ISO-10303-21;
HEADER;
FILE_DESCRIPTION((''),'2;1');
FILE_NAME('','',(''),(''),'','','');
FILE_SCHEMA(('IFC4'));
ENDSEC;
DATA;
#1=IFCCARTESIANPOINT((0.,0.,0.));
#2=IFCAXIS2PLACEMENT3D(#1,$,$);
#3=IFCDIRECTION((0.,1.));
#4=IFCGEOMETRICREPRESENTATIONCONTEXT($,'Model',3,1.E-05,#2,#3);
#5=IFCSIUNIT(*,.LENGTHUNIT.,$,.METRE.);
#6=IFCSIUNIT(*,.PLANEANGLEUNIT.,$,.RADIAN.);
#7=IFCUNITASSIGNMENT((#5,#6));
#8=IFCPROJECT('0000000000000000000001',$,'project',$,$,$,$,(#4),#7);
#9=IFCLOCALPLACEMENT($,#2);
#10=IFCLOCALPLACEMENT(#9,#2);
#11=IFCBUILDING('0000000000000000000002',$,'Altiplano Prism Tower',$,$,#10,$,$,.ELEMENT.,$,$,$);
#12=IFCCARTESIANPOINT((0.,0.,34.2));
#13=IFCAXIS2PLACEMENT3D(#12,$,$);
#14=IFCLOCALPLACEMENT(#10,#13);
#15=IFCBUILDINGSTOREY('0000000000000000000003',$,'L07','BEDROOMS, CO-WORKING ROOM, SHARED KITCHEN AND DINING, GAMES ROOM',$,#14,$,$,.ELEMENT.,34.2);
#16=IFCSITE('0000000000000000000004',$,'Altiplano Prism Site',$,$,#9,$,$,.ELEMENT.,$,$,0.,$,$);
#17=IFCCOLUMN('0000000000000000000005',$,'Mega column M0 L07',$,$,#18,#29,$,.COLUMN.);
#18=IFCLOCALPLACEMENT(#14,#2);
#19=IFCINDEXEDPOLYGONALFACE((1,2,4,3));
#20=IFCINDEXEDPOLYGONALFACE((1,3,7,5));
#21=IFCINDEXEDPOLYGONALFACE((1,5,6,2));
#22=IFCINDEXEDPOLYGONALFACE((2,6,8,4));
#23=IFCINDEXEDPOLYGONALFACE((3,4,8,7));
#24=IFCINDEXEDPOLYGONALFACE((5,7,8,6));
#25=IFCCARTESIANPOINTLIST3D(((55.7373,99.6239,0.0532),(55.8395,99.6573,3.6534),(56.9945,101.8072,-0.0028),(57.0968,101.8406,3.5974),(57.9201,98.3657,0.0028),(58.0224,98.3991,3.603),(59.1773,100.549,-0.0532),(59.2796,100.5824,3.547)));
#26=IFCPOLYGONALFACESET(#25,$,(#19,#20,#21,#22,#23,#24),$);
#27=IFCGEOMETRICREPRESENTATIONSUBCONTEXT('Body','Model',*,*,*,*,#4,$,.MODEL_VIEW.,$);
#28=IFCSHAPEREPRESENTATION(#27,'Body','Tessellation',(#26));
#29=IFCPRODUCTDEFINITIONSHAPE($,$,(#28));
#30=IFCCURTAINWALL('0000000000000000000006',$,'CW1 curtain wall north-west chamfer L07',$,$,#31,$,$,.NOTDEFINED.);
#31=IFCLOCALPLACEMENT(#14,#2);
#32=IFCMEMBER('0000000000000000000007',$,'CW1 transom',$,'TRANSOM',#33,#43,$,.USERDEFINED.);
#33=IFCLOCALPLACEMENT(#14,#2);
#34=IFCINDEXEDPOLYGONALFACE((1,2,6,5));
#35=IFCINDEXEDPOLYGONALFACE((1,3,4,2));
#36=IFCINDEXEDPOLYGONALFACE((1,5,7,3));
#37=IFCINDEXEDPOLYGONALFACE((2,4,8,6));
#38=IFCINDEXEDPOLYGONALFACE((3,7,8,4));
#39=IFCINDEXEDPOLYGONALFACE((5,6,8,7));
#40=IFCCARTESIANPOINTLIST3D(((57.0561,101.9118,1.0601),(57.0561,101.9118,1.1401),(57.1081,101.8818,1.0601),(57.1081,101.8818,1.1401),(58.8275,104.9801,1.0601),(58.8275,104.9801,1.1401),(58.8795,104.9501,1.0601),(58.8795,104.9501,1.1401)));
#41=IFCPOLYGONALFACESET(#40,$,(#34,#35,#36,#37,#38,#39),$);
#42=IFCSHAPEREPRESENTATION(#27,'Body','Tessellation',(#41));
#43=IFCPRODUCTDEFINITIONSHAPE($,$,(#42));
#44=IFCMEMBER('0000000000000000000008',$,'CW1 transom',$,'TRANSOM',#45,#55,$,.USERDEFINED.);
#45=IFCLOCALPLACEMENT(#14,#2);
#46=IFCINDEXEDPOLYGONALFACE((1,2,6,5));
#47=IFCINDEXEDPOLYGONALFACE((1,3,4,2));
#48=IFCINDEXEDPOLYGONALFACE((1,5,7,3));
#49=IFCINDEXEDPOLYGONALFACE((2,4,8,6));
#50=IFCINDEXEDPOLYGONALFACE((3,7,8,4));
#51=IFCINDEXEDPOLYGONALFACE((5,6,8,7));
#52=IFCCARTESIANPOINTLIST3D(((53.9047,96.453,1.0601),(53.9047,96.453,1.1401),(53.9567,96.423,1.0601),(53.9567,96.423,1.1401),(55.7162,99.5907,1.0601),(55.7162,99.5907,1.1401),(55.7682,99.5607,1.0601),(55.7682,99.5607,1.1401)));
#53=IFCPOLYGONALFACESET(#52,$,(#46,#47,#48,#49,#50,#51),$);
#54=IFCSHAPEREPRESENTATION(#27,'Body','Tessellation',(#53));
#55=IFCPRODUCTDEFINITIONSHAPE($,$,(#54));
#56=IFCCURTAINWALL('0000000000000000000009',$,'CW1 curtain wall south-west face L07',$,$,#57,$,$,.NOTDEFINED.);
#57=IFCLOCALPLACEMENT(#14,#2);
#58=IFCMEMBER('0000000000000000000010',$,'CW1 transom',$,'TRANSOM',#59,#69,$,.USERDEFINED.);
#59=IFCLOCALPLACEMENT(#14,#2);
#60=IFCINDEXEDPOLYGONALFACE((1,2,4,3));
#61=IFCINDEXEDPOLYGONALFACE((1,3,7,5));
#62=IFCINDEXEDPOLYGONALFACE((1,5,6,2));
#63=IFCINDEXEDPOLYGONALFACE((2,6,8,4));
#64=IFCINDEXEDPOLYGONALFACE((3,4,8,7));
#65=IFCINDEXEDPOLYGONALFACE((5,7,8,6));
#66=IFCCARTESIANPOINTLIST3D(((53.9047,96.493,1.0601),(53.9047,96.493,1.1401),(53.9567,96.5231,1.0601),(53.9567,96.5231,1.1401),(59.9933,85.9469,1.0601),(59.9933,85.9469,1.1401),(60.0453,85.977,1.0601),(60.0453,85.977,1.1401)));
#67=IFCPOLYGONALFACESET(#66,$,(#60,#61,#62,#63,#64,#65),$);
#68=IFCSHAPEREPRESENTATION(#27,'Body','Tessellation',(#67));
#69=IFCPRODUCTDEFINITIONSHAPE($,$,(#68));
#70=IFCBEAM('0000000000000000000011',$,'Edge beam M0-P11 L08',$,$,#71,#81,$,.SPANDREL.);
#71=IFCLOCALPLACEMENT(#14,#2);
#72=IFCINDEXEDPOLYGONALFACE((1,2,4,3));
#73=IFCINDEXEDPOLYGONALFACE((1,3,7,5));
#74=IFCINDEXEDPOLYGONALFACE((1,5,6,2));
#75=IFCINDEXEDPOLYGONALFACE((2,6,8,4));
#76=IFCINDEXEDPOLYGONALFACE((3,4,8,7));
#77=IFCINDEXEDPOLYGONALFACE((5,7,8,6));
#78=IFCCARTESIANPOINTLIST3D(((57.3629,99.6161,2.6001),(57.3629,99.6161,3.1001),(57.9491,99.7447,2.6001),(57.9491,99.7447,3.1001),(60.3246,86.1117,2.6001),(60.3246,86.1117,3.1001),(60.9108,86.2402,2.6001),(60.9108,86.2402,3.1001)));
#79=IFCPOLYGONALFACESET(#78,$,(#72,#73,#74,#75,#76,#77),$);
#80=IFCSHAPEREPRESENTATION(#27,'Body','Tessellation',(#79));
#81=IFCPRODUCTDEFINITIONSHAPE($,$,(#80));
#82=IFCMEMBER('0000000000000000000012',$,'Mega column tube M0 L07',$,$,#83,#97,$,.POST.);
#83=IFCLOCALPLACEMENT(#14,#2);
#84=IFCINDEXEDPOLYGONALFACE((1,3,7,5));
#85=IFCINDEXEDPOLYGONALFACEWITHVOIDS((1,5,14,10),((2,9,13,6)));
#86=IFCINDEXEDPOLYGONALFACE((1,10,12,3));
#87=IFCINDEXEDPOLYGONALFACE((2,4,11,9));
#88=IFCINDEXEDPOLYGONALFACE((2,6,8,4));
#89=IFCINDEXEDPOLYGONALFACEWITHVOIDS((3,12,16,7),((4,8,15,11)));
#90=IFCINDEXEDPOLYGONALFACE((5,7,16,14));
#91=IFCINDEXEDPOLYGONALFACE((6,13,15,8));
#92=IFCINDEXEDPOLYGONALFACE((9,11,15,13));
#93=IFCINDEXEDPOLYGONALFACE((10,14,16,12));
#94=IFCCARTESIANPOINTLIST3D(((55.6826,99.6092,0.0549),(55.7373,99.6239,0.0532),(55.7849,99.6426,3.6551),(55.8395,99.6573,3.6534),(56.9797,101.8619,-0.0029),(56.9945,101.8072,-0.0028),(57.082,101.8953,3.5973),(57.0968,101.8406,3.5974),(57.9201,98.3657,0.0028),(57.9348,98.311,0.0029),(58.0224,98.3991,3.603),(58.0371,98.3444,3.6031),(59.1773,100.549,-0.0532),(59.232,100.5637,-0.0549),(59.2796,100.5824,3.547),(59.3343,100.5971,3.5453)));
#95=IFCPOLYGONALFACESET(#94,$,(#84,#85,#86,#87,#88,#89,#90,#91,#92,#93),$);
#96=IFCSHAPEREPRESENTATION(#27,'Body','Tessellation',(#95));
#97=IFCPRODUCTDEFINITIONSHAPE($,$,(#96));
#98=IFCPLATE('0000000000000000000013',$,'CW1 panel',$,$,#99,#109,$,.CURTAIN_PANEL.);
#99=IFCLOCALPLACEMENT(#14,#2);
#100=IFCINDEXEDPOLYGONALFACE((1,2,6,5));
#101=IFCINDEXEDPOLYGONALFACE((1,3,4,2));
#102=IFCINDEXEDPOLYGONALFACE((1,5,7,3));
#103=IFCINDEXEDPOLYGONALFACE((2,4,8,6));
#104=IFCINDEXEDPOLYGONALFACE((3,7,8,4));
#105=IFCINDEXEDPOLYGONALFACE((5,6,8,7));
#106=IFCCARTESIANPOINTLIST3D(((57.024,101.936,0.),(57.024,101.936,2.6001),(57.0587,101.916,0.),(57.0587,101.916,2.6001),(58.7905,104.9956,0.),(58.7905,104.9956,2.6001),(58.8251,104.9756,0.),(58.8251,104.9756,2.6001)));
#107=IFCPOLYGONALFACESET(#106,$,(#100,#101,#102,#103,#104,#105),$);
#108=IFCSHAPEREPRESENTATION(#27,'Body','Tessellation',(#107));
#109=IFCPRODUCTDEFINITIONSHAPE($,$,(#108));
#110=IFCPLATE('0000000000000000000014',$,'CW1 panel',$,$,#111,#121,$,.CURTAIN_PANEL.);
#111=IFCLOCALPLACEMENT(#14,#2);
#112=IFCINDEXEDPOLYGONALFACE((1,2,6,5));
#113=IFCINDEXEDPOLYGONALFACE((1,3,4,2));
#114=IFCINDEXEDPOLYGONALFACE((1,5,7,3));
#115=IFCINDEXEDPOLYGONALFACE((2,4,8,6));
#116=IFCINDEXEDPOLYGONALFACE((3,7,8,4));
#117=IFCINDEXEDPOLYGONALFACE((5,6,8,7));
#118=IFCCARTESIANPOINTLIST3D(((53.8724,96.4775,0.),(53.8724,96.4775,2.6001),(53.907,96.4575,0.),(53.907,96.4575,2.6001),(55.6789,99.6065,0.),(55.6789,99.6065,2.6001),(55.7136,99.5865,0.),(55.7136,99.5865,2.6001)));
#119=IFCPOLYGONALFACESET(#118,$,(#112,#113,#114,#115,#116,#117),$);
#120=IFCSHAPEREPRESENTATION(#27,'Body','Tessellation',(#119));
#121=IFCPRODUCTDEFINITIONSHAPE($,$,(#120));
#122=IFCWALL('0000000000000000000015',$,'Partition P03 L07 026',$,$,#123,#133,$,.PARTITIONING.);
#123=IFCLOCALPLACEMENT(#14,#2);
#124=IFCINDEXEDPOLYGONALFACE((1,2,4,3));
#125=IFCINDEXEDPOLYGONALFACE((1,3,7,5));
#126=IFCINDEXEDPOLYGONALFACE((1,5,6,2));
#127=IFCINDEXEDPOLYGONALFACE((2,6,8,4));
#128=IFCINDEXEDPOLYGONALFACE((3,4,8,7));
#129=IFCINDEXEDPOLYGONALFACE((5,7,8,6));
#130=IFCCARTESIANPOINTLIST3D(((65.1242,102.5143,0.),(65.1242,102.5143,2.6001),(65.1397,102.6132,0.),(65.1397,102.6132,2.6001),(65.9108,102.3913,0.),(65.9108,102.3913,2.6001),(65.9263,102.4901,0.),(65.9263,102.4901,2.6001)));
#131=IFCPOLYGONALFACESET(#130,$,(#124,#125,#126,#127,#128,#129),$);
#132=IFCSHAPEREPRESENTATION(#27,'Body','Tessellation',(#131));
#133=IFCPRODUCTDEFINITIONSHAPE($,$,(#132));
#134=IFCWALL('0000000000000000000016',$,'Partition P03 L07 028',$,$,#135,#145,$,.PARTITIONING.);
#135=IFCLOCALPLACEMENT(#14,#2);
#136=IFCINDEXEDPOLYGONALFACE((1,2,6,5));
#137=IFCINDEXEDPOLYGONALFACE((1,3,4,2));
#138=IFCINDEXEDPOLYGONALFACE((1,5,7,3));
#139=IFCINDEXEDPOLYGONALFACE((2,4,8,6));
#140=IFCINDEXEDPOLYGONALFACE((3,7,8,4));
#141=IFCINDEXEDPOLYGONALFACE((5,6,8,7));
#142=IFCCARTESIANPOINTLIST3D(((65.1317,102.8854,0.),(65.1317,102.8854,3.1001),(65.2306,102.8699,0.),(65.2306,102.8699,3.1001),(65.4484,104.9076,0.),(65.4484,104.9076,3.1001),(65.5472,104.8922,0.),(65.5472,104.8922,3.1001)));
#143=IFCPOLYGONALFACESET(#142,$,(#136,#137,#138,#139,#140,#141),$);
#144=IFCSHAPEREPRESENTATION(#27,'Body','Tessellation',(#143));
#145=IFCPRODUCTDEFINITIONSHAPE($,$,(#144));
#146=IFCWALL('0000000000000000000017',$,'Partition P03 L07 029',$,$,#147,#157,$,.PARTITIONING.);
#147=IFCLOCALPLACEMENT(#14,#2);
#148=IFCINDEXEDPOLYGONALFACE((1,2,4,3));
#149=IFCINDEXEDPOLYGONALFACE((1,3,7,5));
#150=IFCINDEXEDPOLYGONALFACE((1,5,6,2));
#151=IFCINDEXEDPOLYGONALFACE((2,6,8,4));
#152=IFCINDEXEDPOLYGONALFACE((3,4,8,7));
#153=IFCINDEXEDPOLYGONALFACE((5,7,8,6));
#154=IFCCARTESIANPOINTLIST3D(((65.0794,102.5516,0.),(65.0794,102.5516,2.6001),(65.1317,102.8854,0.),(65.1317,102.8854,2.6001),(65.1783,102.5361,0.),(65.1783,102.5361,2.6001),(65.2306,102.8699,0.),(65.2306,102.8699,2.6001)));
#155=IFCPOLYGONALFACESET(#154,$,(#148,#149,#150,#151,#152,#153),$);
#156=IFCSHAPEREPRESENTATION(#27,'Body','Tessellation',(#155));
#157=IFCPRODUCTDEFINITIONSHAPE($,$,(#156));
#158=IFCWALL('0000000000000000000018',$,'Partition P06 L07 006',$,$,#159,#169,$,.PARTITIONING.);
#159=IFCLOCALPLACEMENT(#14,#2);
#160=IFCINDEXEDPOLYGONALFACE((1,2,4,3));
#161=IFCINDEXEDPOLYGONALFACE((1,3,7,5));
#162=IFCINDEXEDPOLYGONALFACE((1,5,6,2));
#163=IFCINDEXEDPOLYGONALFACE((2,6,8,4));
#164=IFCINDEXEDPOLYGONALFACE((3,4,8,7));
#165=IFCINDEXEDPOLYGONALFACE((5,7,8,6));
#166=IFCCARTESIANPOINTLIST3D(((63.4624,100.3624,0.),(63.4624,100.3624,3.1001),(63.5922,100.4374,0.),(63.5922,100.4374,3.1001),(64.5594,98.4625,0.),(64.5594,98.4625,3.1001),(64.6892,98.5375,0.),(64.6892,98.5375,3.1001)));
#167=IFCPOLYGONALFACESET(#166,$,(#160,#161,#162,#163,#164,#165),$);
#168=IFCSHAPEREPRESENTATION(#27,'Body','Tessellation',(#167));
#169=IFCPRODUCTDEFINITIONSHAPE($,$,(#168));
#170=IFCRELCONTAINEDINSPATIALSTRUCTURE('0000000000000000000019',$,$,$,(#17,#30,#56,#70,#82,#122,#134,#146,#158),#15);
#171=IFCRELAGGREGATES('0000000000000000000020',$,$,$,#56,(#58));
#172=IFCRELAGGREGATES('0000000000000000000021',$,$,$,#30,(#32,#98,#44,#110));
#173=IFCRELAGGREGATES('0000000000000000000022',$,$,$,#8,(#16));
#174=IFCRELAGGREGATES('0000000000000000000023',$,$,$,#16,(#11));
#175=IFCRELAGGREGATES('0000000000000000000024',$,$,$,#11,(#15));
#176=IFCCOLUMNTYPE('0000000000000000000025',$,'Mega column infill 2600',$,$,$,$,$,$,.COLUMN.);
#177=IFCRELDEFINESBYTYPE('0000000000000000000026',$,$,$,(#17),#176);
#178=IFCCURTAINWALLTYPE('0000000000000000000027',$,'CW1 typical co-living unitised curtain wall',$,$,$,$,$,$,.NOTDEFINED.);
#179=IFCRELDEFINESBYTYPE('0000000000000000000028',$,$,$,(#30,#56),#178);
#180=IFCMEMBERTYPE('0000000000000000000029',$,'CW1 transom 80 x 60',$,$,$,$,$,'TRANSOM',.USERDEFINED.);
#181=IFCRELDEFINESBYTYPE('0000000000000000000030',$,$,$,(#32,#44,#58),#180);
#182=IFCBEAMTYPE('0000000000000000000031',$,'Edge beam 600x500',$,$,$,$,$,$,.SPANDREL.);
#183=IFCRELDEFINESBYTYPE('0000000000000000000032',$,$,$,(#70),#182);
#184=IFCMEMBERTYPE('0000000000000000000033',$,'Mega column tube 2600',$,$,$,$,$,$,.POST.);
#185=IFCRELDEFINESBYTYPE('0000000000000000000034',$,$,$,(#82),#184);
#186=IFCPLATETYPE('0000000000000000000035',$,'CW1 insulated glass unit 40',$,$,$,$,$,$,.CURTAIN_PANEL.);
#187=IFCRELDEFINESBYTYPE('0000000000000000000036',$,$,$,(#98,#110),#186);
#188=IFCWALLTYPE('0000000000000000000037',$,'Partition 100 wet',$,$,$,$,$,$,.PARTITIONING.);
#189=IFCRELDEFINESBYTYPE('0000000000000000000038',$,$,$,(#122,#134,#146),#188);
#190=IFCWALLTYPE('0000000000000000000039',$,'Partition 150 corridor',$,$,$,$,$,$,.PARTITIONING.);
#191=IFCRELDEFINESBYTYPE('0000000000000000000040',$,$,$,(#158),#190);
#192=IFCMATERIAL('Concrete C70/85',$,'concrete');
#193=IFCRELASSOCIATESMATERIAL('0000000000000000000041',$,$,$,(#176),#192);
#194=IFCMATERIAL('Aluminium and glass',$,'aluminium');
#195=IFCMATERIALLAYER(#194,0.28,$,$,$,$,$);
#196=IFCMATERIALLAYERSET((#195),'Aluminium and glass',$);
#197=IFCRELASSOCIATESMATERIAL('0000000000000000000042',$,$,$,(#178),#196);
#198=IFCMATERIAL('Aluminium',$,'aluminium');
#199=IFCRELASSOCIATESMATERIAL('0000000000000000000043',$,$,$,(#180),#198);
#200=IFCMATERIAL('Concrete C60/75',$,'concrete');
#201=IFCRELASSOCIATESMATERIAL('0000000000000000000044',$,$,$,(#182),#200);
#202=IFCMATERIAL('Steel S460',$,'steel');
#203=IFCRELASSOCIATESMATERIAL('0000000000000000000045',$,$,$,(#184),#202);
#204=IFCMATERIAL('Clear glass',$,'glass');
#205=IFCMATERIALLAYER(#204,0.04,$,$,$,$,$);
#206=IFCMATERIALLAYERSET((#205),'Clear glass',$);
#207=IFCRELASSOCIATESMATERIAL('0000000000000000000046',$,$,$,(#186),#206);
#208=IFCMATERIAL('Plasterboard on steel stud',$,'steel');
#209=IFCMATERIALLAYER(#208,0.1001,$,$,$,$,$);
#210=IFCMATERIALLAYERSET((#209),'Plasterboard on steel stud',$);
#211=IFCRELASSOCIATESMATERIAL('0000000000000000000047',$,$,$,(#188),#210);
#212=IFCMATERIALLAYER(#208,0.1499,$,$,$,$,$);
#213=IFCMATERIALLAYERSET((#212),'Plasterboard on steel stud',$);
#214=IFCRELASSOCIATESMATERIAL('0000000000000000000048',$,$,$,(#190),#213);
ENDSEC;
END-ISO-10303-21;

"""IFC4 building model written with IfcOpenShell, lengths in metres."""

from ifc_helpers import new_model, si_unit, direction, frame, frame_2d, origin, origin_2d, place, context, subcontext, project, spatial, rectangle, hollow_rectangle, extrude, material, layer, layer_set, material_profile, profile_set, type_object, element, aggregate, save


model = new_model("IFC4")

# Units and contexts
model_context = context("Model", 3, precision=1e-05, world=origin(), true_north=direction((0.0, 1.0)))
body_context = subcontext(model_context, "Body", "Model", "MODEL_VIEW")
ifc_project = project(units=[si_unit("LENGTHUNIT", "METRE"), si_unit("PLANEANGLEUNIT", "RADIAN")], contexts=[model_context])

# Site, building, storey
site_placement = place(None, origin())
site = spatial("IfcSite", under=ifc_project, at=site_placement, Name="Altiplano Prism Site", CompositionType="ELEMENT", RefElevation=0.0)
building_placement = place(site_placement, origin())
building = spatial("IfcBuilding", under=site, at=building_placement, Name="Altiplano Prism Tower", CompositionType="ELEMENT")
storey_placement = place(building_placement, frame((0.0, 0.0, 34.2)))
storey = spatial("IfcBuildingStorey", under=building, at=storey_placement, Name="L07", Description="BEDROOMS, CO-WORKING ROOM, SHARED KITCHEN AND DINING, GAMES ROOM", CompositionType="ELEMENT", Elevation=34.2)

# Column
ifc_material_1 = material(Name="Concrete C70/85", Category="concrete")
ifc_material_profile_1 = material_profile(ifc_material_1, rectangle(XDim=2.52, YDim=2.52, at=origin_2d()), Name="Mega column infill 2600")
ifc_profile_set_1 = profile_set([ifc_material_profile_1], Name="Concrete C70/85")
column_type = type_object("IfcColumnType", Name="Mega column infill 2600", PredefinedType="COLUMN", material=ifc_profile_set_1)
column_placement = place(storey_placement, frame((57.4573, 100.0864, 0.0), z_axis=(0.028402, 0.009287, 0.999553), x_axis=(-0.866202, 0.499295, 0.019974)))
element("IfcColumn", 1, at=column_placement, inside=storey, type_object=column_type, Name="Mega column M0 L07", PredefinedType="COLUMN", context=body_context, shape_type="SweptSolid", body=[
    extrude(rectangle(XDim=2.52, YDim=2.52, at=origin_2d()), origin(), (0.0, 0.0, 1.0), 3.6018),
])

# Curtain wall, members
ifc_material_2 = material(Name="Aluminium and glass", Category="aluminium")
ifc_layer_1 = layer(ifc_material_2, 0.28)
ifc_layer_set_1 = layer_set([ifc_layer_1], Name="Aluminium and glass")
curtain_wall_type = type_object("IfcCurtainWallType", Name="CW1 typical co-living unitised curtain wall", PredefinedType="NOTDEFINED", material=ifc_layer_set_1)
curtain_wall_1_placement = place(storey_placement, origin())
curtain_wall_1 = element("IfcCurtainWall", 2, at=curtain_wall_1_placement, inside=storey, type_object=curtain_wall_type, Name="CW1 curtain wall north-west chamfer L07", PredefinedType="NOTDEFINED")
ifc_material_3 = material(Name="Aluminium", Category="aluminium")
ifc_material_profile_2 = material_profile(ifc_material_3, rectangle(XDim=0.0601, YDim=0.0801, at=origin_2d()), Name="CW1 transom 80 x 60")
ifc_profile_set_2 = profile_set([ifc_material_profile_2], Name="Aluminium")
member_type_1 = type_object("IfcMemberType", Name="CW1 transom 80 x 60", ElementType="TRANSOM", PredefinedType="USERDEFINED", material=ifc_profile_set_2)
member_1_placement = place(storey_placement, frame((58.8535, 104.9651, 1.1001), z_axis=(-0.499993, -0.86603, 0.0), x_axis=(0.86603, -0.499993, 0.0)))
member_1 = element("IfcMember", 3, at=member_1_placement, type_object=member_type_1, Name="CW1 transom", ObjectType="TRANSOM", PredefinedType="USERDEFINED", context=body_context, shape_type="SweptSolid", body=[
    extrude(rectangle(XDim=0.0601, YDim=0.0801, at=origin_2d()), origin(), (0.0, 0.0, 1.0), 3.543),
])
member_2_placement = place(storey_placement, frame((55.7422, 99.5757, 1.1001), z_axis=(-0.499995, -0.866028, 0.0), x_axis=(0.866028, -0.499995, 0.0)))
member_2 = element("IfcMember", 4, at=member_2_placement, type_object=member_type_1, Name="CW1 transom", ObjectType="TRANSOM", PredefinedType="USERDEFINED", context=body_context, shape_type="SweptSolid", body=[
    extrude(rectangle(XDim=0.0601, YDim=0.0801, at=origin_2d()), origin(), (0.0, 0.0, 1.0), 3.623),
])

# Curtain wall, member
curtain_wall_2_placement = place(storey_placement, origin())
curtain_wall_2 = element("IfcCurtainWall", 5, at=curtain_wall_2_placement, inside=storey, type_object=curtain_wall_type, Name="CW1 curtain wall south-west face L07", PredefinedType="NOTDEFINED")
member_3_placement = place(storey_placement, frame((53.9307, 96.5081, 1.1001), z_axis=(0.499988, -0.866032, 0.0), x_axis=(0.866032, 0.499988, 0.0)))
member_3 = element("IfcMember", 6, at=member_3_placement, type_object=member_type_1, Name="CW1 transom", ObjectType="TRANSOM", PredefinedType="USERDEFINED", context=body_context, shape_type="SweptSolid", body=[
    extrude(rectangle(XDim=0.0601, YDim=0.0801, at=origin_2d()), origin(), (0.0, 0.0, 1.0), 12.1775),
])
aggregate(curtain_wall_2, [member_3])

# Beam
ifc_material_4 = material(Name="Concrete C60/75", Category="concrete")
ifc_material_profile_3 = material_profile(ifc_material_4, rectangle(XDim=0.6001, YDim=0.5, at=origin_2d()), Name="Edge beam 600x500")
ifc_profile_set_3 = profile_set([ifc_material_profile_3], Name="Concrete C60/75")
beam_type = type_object("IfcBeamType", Name="Edge beam 600x500", PredefinedType="SPANDREL", material=ifc_profile_set_3)
beam_placement = place(storey_placement, frame((57.656, 99.6804, 2.8501), z_axis=(0.21422, -0.976785, 0.0), x_axis=(0.976785, 0.21422, 0.0)))
element("IfcBeam", 7, at=beam_placement, inside=storey, type_object=beam_type, Name="Edge beam M0-P11 L08", PredefinedType="SPANDREL", context=body_context, shape_type="SweptSolid", body=[
    extrude(rectangle(XDim=0.6001, YDim=0.5, at=origin_2d()), origin(), (0.0, 0.0, 1.0), 13.8254),
])

# Member
ifc_material_5 = material(Name="Steel S460", Category="steel")
ifc_material_profile_4 = material_profile(ifc_material_5, hollow_rectangle(XDim=2.6001, YDim=2.6001, WallThickness=0.04, at=origin_2d()), Name="Mega column tube 2600")
ifc_profile_set_4 = profile_set([ifc_material_profile_4], Name="Steel S460")
member_type_2 = type_object("IfcMemberType", Name="Mega column tube 2600", PredefinedType="POST", material=ifc_profile_set_4)
member_4_placement = place(storey_placement, frame((57.4573, 100.0864, 0.0), z_axis=(0.028402, 0.009287, 0.999553), x_axis=(-0.866202, 0.499295, 0.019974)))
element("IfcMember", 8, at=member_4_placement, inside=storey, type_object=member_type_2, Name="Mega column tube M0 L07", PredefinedType="POST", context=body_context, shape_type="SweptSolid", body=[
    extrude(hollow_rectangle(XDim=2.6001, YDim=2.6001, WallThickness=0.04, at=origin_2d()), origin(), (0.0, 0.0, 1.0), 3.6018),
])

# Plates
ifc_material_6 = material(Name="Clear glass", Category="glass")
ifc_layer_2 = layer(ifc_material_6, 0.04)
ifc_layer_set_2 = layer_set([ifc_layer_2], Name="Clear glass")
plate_type = type_object("IfcPlateType", Name="CW1 insulated glass unit 40", PredefinedType="CURTAIN_PANEL", material=ifc_layer_set_2)
plate_1_placement = place(storey_placement, frame((57.9246, 103.4558, 0.0), z_axis=(0.0, 0.0, 1.0), x_axis=(-0.5, -0.866025, 0.0)))
plate_1 = element("IfcPlate", 9, at=plate_1_placement, type_object=plate_type, Name="CW1 panel", PredefinedType="CURTAIN_PANEL", context=body_context, shape_type="SweptSolid", body=[
    extrude(rectangle(XDim=3.533, YDim=0.04, at=origin_2d()), origin(), (0.0, 0.0, 1.0), 2.6001),
])
plate_2_placement = place(storey_placement, frame((54.793, 98.032, 0.0), z_axis=(0.0, 0.0, 1.0), x_axis=(-0.5, -0.866025, 0.0)))
plate_2 = element("IfcPlate", 10, at=plate_2_placement, type_object=plate_type, Name="CW1 panel", PredefinedType="CURTAIN_PANEL", context=body_context, shape_type="SweptSolid", body=[
    extrude(rectangle(XDim=3.613, YDim=0.04, at=origin_2d()), origin(), (0.0, 0.0, 1.0), 2.6001),
])
aggregate(curtain_wall_1, [member_1, plate_1, member_2, plate_2])

# Walls
ifc_material_7 = material(Name="Plasterboard on steel stud", Category="steel")
ifc_layer_3 = layer(ifc_material_7, 0.1001)
ifc_layer_set_3 = layer_set([ifc_layer_3], Name="Plasterboard on steel stud")
wall_type_1 = type_object("IfcWallType", Name="Partition 100 wet", PredefinedType="PARTITIONING", material=ifc_layer_set_3)
wall_1_placement = place(storey_placement, frame((65.1321, 102.5637, 0.0), z_axis=(0.0, 0.0, 1.0), x_axis=(0.987986, -0.154545, 0.0)))
element("IfcWall", 11, at=wall_1_placement, inside=storey, type_object=wall_type_1, Name="Partition P03 L07 026", PredefinedType="PARTITIONING", context=body_context, shape_type="SweptSolid", body=[
    extrude(rectangle(XDim=0.7961, YDim=0.1001, at=frame_2d((0.3979, 0.0))), origin(), (0.0, 0.0, 1.0), 2.6001),
])
wall_2_placement = place(storey_placement, frame((65.4978, 104.8999, 0.0), z_axis=(0.0, 0.0, 1.0), x_axis=(-0.154701, -0.987961, 0.0)))
element("IfcWall", 12, at=wall_2_placement, inside=storey, type_object=wall_type_1, Name="Partition P03 L07 028", PredefinedType="PARTITIONING", context=body_context, shape_type="SweptSolid", body=[
    extrude(rectangle(XDim=2.0469, YDim=0.1001, at=frame_2d((1.0234, 0.0))), origin(), (0.0, 0.0, 1.0), 3.1001),
])
wall_3_placement = place(storey_placement, frame((65.1812, 102.8777, 0.0), z_axis=(0.0, 0.0, 1.0), x_axis=(-0.154663, -0.987967, 0.0)))
element("IfcWall", 13, at=wall_3_placement, inside=storey, type_object=wall_type_1, Name="Partition P03 L07 029", PredefinedType="PARTITIONING", context=body_context, shape_type="SweptSolid", body=[
    extrude(rectangle(XDim=0.3379, YDim=0.1001, at=frame_2d((0.1689, 0.0))), origin(), (0.0, 0.0, 1.0), 2.6001),
])
ifc_layer_4 = layer(ifc_material_7, 0.1499)
ifc_layer_set_4 = layer_set([ifc_layer_4], Name="Plasterboard on steel stud")
wall_type_2 = type_object("IfcWallType", Name="Partition 150 corridor", PredefinedType="PARTITIONING", material=ifc_layer_set_4)
wall_4_placement = place(storey_placement, frame((64.6243, 98.5, 0.0), z_axis=(0.0, 0.0, 1.0), x_axis=(-0.500005, 0.866023, 0.0)))
element("IfcWall", 14, at=wall_4_placement, inside=storey, type_object=wall_type_2, Name="Partition P06 L07 006", PredefinedType="PARTITIONING", context=body_context, shape_type="SweptSolid", body=[
    extrude(rectangle(XDim=2.1938, YDim=0.1499, at=frame_2d((1.0969, 0.0))), origin(), (0.0, 0.0, 1.0), 3.1001),
])

save(model, "model.ifc")
